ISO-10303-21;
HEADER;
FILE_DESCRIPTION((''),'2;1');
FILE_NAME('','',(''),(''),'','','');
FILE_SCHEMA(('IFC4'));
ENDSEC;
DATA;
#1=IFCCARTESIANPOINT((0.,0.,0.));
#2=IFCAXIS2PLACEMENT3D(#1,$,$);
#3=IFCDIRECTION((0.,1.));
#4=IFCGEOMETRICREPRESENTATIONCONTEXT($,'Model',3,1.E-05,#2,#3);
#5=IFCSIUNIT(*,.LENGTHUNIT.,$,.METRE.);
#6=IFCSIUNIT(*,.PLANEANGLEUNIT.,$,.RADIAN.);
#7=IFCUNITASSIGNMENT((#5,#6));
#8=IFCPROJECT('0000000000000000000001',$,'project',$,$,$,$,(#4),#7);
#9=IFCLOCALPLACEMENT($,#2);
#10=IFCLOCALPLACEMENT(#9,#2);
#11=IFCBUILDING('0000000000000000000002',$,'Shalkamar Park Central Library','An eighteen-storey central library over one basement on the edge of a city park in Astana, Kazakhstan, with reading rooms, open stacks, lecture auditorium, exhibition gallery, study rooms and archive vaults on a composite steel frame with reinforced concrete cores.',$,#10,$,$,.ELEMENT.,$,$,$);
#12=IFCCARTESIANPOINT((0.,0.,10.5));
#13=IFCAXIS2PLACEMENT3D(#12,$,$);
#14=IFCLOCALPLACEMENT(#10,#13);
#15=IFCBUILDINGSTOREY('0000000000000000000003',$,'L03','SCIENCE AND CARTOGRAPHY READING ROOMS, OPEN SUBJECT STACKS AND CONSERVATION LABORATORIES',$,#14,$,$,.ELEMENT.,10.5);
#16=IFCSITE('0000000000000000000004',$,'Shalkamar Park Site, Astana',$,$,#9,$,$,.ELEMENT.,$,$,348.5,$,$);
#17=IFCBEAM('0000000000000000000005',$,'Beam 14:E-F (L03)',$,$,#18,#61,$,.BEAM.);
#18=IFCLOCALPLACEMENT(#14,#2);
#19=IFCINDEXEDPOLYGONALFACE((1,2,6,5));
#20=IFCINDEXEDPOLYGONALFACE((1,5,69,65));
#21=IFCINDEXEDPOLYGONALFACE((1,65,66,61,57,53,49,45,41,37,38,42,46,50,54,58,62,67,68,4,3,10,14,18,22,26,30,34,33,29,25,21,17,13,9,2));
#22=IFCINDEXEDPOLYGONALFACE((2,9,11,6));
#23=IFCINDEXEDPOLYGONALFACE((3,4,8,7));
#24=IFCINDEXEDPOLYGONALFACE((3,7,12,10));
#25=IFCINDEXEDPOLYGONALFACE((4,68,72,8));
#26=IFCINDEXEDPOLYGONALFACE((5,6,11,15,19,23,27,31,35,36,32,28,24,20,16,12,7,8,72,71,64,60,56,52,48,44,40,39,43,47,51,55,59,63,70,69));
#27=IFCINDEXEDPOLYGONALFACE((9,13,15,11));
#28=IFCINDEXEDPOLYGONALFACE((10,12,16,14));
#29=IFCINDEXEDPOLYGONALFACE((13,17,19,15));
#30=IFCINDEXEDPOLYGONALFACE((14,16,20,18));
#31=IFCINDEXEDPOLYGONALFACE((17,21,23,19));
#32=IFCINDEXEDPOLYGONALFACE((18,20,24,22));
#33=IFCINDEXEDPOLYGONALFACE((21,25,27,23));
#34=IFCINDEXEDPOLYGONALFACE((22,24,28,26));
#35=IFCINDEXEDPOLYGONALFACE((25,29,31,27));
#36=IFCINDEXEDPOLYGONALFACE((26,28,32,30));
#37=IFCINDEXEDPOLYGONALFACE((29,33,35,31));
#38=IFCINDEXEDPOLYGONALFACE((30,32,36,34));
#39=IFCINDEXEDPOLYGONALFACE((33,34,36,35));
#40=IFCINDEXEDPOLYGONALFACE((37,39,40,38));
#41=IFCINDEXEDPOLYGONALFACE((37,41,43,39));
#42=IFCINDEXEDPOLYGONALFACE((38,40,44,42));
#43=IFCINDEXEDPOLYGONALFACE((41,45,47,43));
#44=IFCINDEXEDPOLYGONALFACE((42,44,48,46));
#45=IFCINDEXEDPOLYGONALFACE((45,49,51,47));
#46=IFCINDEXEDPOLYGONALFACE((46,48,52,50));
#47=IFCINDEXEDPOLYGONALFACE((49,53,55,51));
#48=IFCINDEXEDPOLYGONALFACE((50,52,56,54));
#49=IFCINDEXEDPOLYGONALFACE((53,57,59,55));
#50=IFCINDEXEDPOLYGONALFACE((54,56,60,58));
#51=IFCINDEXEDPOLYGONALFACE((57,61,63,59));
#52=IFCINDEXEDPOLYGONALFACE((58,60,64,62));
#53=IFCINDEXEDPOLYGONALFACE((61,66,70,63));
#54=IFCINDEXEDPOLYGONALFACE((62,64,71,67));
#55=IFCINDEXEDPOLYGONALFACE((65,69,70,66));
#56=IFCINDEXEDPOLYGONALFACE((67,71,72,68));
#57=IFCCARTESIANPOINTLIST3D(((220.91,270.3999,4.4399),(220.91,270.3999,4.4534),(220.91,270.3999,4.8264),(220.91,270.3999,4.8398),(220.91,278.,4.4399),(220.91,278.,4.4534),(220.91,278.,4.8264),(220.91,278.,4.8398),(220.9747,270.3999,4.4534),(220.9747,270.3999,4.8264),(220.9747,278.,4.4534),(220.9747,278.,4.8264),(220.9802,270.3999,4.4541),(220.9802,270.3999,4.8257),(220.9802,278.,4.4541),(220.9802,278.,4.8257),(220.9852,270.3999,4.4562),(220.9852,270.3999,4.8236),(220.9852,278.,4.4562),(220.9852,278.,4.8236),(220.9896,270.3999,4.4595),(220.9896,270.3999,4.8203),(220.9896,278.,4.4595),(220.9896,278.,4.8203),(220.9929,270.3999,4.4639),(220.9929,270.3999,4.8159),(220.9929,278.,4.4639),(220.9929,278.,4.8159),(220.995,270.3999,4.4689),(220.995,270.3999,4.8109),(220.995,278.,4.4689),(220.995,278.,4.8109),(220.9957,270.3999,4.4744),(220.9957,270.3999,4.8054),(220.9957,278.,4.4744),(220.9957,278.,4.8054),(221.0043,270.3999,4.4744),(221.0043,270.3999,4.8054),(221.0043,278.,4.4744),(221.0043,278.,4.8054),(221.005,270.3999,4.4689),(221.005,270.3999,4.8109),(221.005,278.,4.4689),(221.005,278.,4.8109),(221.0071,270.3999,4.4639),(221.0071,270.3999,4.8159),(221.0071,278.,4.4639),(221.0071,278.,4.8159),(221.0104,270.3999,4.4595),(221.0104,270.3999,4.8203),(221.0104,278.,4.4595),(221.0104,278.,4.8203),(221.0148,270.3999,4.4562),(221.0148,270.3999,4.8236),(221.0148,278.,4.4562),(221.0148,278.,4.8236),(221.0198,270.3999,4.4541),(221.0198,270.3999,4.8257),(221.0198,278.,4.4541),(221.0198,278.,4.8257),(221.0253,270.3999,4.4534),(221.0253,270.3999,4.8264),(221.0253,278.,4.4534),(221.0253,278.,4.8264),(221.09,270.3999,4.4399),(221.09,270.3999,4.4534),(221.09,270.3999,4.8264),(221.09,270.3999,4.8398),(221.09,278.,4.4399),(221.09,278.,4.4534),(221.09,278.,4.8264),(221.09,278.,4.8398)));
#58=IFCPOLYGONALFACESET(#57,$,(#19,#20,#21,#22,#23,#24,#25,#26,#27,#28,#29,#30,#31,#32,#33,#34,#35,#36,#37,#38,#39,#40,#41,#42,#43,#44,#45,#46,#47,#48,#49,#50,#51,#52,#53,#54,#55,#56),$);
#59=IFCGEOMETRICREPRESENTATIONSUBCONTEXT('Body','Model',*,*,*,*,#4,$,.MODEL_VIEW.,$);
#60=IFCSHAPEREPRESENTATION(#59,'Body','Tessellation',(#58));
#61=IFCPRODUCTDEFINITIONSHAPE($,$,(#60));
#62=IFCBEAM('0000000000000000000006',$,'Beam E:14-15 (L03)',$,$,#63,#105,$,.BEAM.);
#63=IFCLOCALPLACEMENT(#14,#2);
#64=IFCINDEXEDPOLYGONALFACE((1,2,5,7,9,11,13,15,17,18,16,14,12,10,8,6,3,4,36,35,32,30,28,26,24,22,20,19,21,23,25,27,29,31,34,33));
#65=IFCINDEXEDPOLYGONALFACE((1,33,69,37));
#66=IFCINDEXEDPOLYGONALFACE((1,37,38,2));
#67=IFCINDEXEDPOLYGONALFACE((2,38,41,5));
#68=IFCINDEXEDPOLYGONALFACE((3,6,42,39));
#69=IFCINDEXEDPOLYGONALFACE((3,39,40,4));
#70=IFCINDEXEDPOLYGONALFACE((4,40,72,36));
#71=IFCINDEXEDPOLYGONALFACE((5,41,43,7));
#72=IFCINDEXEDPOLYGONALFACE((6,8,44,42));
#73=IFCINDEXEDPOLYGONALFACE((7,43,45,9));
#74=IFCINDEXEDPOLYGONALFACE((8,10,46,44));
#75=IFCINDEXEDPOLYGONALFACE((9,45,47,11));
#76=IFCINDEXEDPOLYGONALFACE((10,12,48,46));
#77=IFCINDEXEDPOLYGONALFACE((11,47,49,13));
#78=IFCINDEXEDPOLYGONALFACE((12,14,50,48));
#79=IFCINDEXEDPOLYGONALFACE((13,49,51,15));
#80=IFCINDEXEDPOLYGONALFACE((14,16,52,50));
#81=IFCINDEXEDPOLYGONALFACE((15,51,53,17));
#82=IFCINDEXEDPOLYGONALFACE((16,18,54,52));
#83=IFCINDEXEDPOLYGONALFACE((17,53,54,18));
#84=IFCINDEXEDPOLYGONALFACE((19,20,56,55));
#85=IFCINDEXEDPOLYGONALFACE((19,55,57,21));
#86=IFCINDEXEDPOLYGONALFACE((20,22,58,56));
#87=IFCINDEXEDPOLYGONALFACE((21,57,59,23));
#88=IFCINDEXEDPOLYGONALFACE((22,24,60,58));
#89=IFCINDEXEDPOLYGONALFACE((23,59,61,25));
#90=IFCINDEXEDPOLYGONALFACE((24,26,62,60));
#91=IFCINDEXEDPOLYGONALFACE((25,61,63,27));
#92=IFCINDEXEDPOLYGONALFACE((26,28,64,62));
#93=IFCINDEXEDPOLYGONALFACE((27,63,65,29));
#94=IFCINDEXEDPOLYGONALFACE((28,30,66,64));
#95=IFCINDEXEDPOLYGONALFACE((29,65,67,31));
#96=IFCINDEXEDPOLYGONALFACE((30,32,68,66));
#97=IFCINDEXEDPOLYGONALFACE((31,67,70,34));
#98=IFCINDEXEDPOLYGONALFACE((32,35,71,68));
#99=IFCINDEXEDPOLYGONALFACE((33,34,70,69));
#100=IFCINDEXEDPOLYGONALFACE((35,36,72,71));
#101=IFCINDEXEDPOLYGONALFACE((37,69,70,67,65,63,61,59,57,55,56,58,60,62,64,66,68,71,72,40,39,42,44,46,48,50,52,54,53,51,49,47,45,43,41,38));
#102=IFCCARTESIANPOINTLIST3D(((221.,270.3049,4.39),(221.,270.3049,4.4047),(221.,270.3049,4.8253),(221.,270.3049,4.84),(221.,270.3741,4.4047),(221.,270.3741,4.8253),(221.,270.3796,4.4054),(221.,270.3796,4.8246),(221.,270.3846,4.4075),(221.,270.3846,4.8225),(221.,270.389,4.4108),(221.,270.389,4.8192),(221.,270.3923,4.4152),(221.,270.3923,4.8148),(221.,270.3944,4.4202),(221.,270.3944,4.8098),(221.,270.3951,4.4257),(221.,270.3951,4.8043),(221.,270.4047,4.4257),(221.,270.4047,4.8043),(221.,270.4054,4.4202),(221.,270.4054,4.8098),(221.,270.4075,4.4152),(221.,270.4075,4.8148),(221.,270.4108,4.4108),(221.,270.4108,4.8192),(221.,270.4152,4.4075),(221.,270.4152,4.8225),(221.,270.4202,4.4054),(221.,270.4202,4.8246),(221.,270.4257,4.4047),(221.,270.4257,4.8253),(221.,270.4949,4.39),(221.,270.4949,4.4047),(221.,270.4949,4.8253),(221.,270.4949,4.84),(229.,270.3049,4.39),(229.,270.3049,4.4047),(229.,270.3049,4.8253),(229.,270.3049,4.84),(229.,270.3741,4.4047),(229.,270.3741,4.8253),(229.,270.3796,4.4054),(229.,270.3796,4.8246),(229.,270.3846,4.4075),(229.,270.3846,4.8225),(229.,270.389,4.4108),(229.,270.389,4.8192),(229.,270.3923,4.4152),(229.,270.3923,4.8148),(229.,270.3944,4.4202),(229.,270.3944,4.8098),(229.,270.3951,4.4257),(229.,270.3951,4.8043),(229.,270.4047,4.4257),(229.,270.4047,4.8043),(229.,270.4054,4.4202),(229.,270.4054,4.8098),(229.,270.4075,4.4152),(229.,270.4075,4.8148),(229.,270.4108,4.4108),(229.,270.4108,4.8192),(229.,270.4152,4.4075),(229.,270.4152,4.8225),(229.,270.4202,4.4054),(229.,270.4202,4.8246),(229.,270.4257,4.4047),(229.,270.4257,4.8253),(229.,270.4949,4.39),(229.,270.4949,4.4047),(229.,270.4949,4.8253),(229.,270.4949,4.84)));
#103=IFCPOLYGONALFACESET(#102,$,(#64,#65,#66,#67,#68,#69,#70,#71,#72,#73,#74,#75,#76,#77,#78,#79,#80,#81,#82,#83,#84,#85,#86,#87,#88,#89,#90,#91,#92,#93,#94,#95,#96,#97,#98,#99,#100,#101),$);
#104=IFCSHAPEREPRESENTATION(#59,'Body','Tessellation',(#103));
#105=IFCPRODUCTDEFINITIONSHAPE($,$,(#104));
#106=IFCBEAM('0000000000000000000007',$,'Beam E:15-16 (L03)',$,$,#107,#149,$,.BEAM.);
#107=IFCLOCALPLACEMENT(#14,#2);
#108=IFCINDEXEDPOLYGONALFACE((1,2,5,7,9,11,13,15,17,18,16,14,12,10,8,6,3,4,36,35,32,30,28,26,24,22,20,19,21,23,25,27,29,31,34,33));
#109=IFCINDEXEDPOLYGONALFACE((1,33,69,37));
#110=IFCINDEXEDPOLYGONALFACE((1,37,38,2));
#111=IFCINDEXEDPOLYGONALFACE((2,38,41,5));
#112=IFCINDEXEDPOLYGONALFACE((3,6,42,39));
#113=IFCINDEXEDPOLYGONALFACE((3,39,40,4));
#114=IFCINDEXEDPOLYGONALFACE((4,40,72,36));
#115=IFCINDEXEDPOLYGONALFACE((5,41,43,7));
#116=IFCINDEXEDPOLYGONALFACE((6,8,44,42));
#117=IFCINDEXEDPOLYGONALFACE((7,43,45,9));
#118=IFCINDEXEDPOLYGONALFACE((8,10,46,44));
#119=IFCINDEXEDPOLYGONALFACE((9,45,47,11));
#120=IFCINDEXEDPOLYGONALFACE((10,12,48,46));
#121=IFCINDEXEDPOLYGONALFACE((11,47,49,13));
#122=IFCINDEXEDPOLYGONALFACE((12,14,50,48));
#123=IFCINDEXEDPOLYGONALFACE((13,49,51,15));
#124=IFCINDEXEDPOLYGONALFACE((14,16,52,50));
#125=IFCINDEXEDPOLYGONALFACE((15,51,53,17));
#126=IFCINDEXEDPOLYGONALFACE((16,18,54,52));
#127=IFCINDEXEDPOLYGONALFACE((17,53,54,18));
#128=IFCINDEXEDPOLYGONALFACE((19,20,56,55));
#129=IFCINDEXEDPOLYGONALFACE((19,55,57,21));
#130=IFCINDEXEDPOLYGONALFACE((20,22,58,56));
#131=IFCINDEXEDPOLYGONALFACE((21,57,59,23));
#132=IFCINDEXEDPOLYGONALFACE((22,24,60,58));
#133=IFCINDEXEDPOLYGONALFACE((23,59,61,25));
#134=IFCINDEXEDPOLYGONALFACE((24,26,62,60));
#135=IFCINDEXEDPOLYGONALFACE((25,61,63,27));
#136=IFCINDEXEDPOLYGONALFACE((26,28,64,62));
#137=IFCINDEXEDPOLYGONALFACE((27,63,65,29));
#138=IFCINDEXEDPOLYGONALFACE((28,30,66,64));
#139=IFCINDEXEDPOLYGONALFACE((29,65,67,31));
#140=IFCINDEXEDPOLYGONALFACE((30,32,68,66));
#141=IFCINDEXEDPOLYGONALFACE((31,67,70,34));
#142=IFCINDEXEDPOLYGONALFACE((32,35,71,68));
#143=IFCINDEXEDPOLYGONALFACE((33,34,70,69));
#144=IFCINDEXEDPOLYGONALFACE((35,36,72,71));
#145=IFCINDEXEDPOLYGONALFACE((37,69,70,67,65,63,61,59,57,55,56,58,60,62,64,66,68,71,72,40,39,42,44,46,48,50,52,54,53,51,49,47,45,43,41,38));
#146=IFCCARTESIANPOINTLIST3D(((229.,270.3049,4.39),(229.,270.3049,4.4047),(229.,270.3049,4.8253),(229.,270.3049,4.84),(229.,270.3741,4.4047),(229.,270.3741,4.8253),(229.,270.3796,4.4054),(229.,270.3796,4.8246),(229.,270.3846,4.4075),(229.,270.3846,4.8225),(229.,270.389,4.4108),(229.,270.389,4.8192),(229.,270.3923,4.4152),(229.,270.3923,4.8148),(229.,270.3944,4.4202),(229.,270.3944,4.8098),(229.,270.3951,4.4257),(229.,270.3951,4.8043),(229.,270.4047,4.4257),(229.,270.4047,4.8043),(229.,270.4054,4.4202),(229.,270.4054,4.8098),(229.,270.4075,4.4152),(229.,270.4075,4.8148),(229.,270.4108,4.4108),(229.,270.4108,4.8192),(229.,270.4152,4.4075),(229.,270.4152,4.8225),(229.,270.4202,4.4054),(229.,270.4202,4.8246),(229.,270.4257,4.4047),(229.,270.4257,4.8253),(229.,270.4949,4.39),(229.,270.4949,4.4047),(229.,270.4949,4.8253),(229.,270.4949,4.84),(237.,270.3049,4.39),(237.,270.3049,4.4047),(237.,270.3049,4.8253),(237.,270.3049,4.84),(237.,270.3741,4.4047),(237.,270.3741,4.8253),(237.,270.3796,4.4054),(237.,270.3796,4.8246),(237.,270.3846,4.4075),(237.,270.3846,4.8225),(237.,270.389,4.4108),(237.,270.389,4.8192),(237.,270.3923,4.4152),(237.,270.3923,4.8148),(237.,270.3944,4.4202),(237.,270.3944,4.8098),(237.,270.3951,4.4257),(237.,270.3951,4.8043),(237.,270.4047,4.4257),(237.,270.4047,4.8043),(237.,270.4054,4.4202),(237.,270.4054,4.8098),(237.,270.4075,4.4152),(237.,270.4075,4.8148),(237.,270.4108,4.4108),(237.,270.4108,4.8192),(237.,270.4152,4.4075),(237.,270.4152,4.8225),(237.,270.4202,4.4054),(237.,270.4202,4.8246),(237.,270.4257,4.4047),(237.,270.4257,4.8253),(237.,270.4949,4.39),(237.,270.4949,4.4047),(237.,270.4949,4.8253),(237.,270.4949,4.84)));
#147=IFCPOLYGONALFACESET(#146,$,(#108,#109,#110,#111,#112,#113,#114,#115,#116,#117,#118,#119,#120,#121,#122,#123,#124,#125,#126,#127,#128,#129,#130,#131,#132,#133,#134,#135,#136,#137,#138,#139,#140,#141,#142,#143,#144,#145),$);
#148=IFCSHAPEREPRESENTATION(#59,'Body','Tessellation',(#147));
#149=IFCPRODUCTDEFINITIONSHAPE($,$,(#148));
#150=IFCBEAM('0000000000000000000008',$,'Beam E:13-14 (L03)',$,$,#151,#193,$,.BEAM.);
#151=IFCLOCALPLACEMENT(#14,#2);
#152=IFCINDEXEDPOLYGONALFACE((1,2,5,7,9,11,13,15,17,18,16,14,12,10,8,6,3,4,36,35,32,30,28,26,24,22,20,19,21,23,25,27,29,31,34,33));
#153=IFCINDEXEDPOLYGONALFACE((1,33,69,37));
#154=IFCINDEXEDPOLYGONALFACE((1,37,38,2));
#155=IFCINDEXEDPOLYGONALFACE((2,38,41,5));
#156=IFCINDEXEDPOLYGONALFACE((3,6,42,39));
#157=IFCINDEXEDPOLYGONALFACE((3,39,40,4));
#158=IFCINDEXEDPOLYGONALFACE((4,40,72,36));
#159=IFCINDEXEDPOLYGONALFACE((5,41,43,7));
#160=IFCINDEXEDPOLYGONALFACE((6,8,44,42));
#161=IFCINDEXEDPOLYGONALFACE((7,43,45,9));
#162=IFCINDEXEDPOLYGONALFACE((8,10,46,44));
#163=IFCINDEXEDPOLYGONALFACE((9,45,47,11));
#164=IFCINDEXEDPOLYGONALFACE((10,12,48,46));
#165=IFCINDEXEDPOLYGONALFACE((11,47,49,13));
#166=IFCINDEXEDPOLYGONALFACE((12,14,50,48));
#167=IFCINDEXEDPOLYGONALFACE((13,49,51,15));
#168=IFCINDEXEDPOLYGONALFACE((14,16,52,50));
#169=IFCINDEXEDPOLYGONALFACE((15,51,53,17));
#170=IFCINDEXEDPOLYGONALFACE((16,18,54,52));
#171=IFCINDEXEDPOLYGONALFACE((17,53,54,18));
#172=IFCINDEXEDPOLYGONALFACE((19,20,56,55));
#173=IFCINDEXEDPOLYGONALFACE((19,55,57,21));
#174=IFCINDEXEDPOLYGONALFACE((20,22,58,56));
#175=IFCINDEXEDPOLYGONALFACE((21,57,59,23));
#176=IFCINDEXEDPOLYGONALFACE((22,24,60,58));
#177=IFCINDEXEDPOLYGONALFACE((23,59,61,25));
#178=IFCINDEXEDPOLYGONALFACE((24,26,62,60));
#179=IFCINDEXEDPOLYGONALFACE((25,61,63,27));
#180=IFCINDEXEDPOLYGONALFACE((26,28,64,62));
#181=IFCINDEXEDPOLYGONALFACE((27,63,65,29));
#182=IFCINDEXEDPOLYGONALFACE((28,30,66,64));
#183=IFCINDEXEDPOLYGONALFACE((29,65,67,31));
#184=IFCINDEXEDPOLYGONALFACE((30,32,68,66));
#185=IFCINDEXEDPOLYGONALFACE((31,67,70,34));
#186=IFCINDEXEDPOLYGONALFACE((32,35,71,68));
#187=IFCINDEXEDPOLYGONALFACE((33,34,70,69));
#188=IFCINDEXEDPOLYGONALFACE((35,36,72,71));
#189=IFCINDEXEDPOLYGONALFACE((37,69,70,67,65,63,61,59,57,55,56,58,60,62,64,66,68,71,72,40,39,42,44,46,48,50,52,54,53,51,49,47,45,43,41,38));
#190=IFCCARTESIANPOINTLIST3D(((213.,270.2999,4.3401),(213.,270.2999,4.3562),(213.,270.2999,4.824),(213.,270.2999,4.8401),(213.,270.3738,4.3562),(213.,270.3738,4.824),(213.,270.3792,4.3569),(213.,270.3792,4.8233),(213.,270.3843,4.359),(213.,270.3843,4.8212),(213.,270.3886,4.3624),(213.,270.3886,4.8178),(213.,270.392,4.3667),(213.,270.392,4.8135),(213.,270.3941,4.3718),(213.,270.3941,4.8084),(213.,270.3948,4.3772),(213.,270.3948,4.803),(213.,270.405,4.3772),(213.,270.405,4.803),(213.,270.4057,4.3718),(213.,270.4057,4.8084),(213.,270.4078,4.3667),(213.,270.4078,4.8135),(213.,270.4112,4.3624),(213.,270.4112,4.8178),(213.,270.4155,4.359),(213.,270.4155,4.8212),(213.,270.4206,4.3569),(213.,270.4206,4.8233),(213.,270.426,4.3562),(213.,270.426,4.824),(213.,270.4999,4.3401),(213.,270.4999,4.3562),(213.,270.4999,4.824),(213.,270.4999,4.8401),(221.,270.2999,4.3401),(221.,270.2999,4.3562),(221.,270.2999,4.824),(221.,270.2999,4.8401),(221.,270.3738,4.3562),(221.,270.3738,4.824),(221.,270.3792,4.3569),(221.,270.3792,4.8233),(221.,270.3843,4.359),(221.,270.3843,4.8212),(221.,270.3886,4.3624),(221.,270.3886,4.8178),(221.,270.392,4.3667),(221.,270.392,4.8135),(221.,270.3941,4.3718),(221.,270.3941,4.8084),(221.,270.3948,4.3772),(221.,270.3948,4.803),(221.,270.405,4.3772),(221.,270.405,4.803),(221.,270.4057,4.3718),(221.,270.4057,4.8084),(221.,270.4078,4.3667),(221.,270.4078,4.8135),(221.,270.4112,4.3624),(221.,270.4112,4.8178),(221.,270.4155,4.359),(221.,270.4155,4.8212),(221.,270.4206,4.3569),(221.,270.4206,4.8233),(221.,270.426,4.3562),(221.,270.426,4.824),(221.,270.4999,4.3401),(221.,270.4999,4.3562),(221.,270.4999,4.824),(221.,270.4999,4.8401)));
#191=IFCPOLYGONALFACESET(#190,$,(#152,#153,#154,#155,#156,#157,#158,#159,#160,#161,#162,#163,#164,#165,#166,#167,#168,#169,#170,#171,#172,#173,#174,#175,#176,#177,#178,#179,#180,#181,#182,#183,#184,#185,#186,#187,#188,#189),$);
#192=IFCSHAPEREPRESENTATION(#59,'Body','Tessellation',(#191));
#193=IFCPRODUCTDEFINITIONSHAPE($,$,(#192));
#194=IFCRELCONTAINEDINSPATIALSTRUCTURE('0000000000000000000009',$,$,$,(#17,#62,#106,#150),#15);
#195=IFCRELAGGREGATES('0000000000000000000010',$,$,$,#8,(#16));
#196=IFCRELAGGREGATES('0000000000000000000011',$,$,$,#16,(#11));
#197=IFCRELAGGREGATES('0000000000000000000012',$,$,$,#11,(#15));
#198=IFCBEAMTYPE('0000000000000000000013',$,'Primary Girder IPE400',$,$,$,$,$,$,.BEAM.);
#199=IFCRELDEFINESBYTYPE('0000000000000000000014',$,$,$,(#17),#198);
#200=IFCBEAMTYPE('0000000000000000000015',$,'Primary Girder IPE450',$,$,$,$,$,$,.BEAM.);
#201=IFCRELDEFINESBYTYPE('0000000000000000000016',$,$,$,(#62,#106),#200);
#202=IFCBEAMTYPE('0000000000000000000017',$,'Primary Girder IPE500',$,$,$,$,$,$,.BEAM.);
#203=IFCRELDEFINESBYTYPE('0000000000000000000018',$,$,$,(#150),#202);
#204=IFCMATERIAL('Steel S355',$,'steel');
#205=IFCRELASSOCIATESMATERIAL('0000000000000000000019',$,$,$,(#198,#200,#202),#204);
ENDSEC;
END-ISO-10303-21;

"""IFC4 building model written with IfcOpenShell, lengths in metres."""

from ifc_helpers import new_model, si_unit, direction, frame, origin, origin_2d, place, context, subcontext, project, spatial, i_section, extrude, material, material_profile, profile_set, type_object, element, save


model = new_model("IFC4")

# Units and contexts
model_context = context("Model", 3, precision=1e-05, world=origin(), true_north=direction((0.0, 1.0)))
body_context = subcontext(model_context, "Body", "Model", "MODEL_VIEW")
ifc_project = project(units=[si_unit("LENGTHUNIT", "METRE"), si_unit("PLANEANGLEUNIT", "RADIAN")], contexts=[model_context])

# Site, building, storey
site_placement = place(None, origin())
site = spatial("IfcSite", under=ifc_project, at=site_placement, Name="Shalkamar Park Site, Astana", CompositionType="ELEMENT", RefElevation=348.5)
building_placement = place(site_placement, origin())
building = spatial("IfcBuilding", under=site, at=building_placement, Name="Shalkamar Park Central Library", Description="An eighteen-storey central library over one basement on the edge of a city park in Astana, Kazakhstan, with reading rooms, open stacks, lecture auditorium, exhibition gallery, study rooms and archive vaults on a composite steel frame with reinforced concrete cores.", CompositionType="ELEMENT")
storey_placement = place(building_placement, frame((0.0, 0.0, 10.5)))
storey = spatial("IfcBuildingStorey", under=building, at=storey_placement, Name="L03", Description="SCIENCE AND CARTOGRAPHY READING ROOMS, OPEN SUBJECT STACKS AND CONSERVATION LABORATORIES", CompositionType="ELEMENT", Elevation=10.5)

# Shared definitions
ifc_material_1 = material(Name="Steel S355", Category="steel")

# Beams
ifc_material_profile_1 = material_profile(ifc_material_1, i_section(OverallWidth=0.1799, OverallDepth=0.3999, WebThickness=0.0085, FlangeThickness=0.0134, FilletRadius=0.021, at=origin_2d()), Name="IPE 400")
ifc_profile_set_1 = profile_set([ifc_material_profile_1], Name="Steel S355")
beam_type_1 = type_object("IfcBeamType", Name="Primary Girder IPE400", PredefinedType="BEAM", material=ifc_profile_set_1)
beam_1_placement = place(storey_placement, frame((221.0, 270.3999, 4.6399), z_axis=(0.0, 1.0, 0.0), x_axis=(-1.0, 0.0, 0.0)))
element("IfcBeam", 1, at=beam_1_placement, inside=storey, type_object=beam_type_1, Name="Beam 14:E-F (L03)", PredefinedType="BEAM", context=body_context, shape_type="SweptSolid", body=[
    extrude(i_section(OverallWidth=0.1799, OverallDepth=0.3999, WebThickness=0.0085, FlangeThickness=0.0134, FilletRadius=0.021, at=origin_2d()), origin(), (0.0, 0.0, 1.0), 7.6001),
])
ifc_material_profile_2 = material_profile(ifc_material_1, i_section(OverallWidth=0.1899, OverallDepth=0.45, WebThickness=0.0095, FlangeThickness=0.0146, FilletRadius=0.021, at=origin_2d()), Name="IPE 450")
ifc_profile_set_2 = profile_set([ifc_material_profile_2], Name="Steel S355")
beam_type_2 = type_object("IfcBeamType", Name="Primary Girder IPE450", PredefinedType="BEAM", material=ifc_profile_set_2)
for number, where, z_axis, x_axis, name in (
    (2, (221.0, 270.3999, 4.615), (1.0, 0.0, 0.0), (0.0, 1.0, 0.0), "Beam E:14-15 (L03)"),
    (3, (229.0, 270.3999, 4.615), (1.0, 0.0, 0.0), (0.0, 1.0, 0.0), "Beam E:15-16 (L03)"),
):
    element("IfcBeam", number, at=place(storey_placement, frame(where, z_axis=z_axis, x_axis=x_axis)), inside=storey, type_object=beam_type_2, Name=name, PredefinedType="BEAM", context=body_context, shape_type="SweptSolid", body=[
        extrude(i_section(OverallWidth=0.1899, OverallDepth=0.45, WebThickness=0.0095, FlangeThickness=0.0146, FilletRadius=0.021, at=origin_2d()), origin(), (0.0, 0.0, 1.0), 8.0),
    ])
ifc_material_profile_3 = material_profile(ifc_material_1, i_section(OverallWidth=0.2, OverallDepth=0.5, WebThickness=0.0103, FlangeThickness=0.0161, FilletRadius=0.021, at=origin_2d()), Name="IPE 500")
ifc_profile_set_3 = profile_set([ifc_material_profile_3], Name="Steel S355")
beam_type_3 = type_object("IfcBeamType", Name="Primary Girder IPE500", PredefinedType="BEAM", material=ifc_profile_set_3)
beam_2_placement = place(storey_placement, frame((213.0, 270.3999, 4.5901), z_axis=(1.0, 0.0, 0.0), x_axis=(0.0, 1.0, 0.0)))
element("IfcBeam", 4, at=beam_2_placement, inside=storey, type_object=beam_type_3, Name="Beam E:13-14 (L03)", PredefinedType="BEAM", context=body_context, shape_type="SweptSolid", body=[
    extrude(i_section(OverallWidth=0.2, OverallDepth=0.5, WebThickness=0.0103, FlangeThickness=0.0161, FilletRadius=0.021, at=origin_2d()), origin(), (0.0, 0.0, 1.0), 8.0),
])

save(model, "model.ifc")
